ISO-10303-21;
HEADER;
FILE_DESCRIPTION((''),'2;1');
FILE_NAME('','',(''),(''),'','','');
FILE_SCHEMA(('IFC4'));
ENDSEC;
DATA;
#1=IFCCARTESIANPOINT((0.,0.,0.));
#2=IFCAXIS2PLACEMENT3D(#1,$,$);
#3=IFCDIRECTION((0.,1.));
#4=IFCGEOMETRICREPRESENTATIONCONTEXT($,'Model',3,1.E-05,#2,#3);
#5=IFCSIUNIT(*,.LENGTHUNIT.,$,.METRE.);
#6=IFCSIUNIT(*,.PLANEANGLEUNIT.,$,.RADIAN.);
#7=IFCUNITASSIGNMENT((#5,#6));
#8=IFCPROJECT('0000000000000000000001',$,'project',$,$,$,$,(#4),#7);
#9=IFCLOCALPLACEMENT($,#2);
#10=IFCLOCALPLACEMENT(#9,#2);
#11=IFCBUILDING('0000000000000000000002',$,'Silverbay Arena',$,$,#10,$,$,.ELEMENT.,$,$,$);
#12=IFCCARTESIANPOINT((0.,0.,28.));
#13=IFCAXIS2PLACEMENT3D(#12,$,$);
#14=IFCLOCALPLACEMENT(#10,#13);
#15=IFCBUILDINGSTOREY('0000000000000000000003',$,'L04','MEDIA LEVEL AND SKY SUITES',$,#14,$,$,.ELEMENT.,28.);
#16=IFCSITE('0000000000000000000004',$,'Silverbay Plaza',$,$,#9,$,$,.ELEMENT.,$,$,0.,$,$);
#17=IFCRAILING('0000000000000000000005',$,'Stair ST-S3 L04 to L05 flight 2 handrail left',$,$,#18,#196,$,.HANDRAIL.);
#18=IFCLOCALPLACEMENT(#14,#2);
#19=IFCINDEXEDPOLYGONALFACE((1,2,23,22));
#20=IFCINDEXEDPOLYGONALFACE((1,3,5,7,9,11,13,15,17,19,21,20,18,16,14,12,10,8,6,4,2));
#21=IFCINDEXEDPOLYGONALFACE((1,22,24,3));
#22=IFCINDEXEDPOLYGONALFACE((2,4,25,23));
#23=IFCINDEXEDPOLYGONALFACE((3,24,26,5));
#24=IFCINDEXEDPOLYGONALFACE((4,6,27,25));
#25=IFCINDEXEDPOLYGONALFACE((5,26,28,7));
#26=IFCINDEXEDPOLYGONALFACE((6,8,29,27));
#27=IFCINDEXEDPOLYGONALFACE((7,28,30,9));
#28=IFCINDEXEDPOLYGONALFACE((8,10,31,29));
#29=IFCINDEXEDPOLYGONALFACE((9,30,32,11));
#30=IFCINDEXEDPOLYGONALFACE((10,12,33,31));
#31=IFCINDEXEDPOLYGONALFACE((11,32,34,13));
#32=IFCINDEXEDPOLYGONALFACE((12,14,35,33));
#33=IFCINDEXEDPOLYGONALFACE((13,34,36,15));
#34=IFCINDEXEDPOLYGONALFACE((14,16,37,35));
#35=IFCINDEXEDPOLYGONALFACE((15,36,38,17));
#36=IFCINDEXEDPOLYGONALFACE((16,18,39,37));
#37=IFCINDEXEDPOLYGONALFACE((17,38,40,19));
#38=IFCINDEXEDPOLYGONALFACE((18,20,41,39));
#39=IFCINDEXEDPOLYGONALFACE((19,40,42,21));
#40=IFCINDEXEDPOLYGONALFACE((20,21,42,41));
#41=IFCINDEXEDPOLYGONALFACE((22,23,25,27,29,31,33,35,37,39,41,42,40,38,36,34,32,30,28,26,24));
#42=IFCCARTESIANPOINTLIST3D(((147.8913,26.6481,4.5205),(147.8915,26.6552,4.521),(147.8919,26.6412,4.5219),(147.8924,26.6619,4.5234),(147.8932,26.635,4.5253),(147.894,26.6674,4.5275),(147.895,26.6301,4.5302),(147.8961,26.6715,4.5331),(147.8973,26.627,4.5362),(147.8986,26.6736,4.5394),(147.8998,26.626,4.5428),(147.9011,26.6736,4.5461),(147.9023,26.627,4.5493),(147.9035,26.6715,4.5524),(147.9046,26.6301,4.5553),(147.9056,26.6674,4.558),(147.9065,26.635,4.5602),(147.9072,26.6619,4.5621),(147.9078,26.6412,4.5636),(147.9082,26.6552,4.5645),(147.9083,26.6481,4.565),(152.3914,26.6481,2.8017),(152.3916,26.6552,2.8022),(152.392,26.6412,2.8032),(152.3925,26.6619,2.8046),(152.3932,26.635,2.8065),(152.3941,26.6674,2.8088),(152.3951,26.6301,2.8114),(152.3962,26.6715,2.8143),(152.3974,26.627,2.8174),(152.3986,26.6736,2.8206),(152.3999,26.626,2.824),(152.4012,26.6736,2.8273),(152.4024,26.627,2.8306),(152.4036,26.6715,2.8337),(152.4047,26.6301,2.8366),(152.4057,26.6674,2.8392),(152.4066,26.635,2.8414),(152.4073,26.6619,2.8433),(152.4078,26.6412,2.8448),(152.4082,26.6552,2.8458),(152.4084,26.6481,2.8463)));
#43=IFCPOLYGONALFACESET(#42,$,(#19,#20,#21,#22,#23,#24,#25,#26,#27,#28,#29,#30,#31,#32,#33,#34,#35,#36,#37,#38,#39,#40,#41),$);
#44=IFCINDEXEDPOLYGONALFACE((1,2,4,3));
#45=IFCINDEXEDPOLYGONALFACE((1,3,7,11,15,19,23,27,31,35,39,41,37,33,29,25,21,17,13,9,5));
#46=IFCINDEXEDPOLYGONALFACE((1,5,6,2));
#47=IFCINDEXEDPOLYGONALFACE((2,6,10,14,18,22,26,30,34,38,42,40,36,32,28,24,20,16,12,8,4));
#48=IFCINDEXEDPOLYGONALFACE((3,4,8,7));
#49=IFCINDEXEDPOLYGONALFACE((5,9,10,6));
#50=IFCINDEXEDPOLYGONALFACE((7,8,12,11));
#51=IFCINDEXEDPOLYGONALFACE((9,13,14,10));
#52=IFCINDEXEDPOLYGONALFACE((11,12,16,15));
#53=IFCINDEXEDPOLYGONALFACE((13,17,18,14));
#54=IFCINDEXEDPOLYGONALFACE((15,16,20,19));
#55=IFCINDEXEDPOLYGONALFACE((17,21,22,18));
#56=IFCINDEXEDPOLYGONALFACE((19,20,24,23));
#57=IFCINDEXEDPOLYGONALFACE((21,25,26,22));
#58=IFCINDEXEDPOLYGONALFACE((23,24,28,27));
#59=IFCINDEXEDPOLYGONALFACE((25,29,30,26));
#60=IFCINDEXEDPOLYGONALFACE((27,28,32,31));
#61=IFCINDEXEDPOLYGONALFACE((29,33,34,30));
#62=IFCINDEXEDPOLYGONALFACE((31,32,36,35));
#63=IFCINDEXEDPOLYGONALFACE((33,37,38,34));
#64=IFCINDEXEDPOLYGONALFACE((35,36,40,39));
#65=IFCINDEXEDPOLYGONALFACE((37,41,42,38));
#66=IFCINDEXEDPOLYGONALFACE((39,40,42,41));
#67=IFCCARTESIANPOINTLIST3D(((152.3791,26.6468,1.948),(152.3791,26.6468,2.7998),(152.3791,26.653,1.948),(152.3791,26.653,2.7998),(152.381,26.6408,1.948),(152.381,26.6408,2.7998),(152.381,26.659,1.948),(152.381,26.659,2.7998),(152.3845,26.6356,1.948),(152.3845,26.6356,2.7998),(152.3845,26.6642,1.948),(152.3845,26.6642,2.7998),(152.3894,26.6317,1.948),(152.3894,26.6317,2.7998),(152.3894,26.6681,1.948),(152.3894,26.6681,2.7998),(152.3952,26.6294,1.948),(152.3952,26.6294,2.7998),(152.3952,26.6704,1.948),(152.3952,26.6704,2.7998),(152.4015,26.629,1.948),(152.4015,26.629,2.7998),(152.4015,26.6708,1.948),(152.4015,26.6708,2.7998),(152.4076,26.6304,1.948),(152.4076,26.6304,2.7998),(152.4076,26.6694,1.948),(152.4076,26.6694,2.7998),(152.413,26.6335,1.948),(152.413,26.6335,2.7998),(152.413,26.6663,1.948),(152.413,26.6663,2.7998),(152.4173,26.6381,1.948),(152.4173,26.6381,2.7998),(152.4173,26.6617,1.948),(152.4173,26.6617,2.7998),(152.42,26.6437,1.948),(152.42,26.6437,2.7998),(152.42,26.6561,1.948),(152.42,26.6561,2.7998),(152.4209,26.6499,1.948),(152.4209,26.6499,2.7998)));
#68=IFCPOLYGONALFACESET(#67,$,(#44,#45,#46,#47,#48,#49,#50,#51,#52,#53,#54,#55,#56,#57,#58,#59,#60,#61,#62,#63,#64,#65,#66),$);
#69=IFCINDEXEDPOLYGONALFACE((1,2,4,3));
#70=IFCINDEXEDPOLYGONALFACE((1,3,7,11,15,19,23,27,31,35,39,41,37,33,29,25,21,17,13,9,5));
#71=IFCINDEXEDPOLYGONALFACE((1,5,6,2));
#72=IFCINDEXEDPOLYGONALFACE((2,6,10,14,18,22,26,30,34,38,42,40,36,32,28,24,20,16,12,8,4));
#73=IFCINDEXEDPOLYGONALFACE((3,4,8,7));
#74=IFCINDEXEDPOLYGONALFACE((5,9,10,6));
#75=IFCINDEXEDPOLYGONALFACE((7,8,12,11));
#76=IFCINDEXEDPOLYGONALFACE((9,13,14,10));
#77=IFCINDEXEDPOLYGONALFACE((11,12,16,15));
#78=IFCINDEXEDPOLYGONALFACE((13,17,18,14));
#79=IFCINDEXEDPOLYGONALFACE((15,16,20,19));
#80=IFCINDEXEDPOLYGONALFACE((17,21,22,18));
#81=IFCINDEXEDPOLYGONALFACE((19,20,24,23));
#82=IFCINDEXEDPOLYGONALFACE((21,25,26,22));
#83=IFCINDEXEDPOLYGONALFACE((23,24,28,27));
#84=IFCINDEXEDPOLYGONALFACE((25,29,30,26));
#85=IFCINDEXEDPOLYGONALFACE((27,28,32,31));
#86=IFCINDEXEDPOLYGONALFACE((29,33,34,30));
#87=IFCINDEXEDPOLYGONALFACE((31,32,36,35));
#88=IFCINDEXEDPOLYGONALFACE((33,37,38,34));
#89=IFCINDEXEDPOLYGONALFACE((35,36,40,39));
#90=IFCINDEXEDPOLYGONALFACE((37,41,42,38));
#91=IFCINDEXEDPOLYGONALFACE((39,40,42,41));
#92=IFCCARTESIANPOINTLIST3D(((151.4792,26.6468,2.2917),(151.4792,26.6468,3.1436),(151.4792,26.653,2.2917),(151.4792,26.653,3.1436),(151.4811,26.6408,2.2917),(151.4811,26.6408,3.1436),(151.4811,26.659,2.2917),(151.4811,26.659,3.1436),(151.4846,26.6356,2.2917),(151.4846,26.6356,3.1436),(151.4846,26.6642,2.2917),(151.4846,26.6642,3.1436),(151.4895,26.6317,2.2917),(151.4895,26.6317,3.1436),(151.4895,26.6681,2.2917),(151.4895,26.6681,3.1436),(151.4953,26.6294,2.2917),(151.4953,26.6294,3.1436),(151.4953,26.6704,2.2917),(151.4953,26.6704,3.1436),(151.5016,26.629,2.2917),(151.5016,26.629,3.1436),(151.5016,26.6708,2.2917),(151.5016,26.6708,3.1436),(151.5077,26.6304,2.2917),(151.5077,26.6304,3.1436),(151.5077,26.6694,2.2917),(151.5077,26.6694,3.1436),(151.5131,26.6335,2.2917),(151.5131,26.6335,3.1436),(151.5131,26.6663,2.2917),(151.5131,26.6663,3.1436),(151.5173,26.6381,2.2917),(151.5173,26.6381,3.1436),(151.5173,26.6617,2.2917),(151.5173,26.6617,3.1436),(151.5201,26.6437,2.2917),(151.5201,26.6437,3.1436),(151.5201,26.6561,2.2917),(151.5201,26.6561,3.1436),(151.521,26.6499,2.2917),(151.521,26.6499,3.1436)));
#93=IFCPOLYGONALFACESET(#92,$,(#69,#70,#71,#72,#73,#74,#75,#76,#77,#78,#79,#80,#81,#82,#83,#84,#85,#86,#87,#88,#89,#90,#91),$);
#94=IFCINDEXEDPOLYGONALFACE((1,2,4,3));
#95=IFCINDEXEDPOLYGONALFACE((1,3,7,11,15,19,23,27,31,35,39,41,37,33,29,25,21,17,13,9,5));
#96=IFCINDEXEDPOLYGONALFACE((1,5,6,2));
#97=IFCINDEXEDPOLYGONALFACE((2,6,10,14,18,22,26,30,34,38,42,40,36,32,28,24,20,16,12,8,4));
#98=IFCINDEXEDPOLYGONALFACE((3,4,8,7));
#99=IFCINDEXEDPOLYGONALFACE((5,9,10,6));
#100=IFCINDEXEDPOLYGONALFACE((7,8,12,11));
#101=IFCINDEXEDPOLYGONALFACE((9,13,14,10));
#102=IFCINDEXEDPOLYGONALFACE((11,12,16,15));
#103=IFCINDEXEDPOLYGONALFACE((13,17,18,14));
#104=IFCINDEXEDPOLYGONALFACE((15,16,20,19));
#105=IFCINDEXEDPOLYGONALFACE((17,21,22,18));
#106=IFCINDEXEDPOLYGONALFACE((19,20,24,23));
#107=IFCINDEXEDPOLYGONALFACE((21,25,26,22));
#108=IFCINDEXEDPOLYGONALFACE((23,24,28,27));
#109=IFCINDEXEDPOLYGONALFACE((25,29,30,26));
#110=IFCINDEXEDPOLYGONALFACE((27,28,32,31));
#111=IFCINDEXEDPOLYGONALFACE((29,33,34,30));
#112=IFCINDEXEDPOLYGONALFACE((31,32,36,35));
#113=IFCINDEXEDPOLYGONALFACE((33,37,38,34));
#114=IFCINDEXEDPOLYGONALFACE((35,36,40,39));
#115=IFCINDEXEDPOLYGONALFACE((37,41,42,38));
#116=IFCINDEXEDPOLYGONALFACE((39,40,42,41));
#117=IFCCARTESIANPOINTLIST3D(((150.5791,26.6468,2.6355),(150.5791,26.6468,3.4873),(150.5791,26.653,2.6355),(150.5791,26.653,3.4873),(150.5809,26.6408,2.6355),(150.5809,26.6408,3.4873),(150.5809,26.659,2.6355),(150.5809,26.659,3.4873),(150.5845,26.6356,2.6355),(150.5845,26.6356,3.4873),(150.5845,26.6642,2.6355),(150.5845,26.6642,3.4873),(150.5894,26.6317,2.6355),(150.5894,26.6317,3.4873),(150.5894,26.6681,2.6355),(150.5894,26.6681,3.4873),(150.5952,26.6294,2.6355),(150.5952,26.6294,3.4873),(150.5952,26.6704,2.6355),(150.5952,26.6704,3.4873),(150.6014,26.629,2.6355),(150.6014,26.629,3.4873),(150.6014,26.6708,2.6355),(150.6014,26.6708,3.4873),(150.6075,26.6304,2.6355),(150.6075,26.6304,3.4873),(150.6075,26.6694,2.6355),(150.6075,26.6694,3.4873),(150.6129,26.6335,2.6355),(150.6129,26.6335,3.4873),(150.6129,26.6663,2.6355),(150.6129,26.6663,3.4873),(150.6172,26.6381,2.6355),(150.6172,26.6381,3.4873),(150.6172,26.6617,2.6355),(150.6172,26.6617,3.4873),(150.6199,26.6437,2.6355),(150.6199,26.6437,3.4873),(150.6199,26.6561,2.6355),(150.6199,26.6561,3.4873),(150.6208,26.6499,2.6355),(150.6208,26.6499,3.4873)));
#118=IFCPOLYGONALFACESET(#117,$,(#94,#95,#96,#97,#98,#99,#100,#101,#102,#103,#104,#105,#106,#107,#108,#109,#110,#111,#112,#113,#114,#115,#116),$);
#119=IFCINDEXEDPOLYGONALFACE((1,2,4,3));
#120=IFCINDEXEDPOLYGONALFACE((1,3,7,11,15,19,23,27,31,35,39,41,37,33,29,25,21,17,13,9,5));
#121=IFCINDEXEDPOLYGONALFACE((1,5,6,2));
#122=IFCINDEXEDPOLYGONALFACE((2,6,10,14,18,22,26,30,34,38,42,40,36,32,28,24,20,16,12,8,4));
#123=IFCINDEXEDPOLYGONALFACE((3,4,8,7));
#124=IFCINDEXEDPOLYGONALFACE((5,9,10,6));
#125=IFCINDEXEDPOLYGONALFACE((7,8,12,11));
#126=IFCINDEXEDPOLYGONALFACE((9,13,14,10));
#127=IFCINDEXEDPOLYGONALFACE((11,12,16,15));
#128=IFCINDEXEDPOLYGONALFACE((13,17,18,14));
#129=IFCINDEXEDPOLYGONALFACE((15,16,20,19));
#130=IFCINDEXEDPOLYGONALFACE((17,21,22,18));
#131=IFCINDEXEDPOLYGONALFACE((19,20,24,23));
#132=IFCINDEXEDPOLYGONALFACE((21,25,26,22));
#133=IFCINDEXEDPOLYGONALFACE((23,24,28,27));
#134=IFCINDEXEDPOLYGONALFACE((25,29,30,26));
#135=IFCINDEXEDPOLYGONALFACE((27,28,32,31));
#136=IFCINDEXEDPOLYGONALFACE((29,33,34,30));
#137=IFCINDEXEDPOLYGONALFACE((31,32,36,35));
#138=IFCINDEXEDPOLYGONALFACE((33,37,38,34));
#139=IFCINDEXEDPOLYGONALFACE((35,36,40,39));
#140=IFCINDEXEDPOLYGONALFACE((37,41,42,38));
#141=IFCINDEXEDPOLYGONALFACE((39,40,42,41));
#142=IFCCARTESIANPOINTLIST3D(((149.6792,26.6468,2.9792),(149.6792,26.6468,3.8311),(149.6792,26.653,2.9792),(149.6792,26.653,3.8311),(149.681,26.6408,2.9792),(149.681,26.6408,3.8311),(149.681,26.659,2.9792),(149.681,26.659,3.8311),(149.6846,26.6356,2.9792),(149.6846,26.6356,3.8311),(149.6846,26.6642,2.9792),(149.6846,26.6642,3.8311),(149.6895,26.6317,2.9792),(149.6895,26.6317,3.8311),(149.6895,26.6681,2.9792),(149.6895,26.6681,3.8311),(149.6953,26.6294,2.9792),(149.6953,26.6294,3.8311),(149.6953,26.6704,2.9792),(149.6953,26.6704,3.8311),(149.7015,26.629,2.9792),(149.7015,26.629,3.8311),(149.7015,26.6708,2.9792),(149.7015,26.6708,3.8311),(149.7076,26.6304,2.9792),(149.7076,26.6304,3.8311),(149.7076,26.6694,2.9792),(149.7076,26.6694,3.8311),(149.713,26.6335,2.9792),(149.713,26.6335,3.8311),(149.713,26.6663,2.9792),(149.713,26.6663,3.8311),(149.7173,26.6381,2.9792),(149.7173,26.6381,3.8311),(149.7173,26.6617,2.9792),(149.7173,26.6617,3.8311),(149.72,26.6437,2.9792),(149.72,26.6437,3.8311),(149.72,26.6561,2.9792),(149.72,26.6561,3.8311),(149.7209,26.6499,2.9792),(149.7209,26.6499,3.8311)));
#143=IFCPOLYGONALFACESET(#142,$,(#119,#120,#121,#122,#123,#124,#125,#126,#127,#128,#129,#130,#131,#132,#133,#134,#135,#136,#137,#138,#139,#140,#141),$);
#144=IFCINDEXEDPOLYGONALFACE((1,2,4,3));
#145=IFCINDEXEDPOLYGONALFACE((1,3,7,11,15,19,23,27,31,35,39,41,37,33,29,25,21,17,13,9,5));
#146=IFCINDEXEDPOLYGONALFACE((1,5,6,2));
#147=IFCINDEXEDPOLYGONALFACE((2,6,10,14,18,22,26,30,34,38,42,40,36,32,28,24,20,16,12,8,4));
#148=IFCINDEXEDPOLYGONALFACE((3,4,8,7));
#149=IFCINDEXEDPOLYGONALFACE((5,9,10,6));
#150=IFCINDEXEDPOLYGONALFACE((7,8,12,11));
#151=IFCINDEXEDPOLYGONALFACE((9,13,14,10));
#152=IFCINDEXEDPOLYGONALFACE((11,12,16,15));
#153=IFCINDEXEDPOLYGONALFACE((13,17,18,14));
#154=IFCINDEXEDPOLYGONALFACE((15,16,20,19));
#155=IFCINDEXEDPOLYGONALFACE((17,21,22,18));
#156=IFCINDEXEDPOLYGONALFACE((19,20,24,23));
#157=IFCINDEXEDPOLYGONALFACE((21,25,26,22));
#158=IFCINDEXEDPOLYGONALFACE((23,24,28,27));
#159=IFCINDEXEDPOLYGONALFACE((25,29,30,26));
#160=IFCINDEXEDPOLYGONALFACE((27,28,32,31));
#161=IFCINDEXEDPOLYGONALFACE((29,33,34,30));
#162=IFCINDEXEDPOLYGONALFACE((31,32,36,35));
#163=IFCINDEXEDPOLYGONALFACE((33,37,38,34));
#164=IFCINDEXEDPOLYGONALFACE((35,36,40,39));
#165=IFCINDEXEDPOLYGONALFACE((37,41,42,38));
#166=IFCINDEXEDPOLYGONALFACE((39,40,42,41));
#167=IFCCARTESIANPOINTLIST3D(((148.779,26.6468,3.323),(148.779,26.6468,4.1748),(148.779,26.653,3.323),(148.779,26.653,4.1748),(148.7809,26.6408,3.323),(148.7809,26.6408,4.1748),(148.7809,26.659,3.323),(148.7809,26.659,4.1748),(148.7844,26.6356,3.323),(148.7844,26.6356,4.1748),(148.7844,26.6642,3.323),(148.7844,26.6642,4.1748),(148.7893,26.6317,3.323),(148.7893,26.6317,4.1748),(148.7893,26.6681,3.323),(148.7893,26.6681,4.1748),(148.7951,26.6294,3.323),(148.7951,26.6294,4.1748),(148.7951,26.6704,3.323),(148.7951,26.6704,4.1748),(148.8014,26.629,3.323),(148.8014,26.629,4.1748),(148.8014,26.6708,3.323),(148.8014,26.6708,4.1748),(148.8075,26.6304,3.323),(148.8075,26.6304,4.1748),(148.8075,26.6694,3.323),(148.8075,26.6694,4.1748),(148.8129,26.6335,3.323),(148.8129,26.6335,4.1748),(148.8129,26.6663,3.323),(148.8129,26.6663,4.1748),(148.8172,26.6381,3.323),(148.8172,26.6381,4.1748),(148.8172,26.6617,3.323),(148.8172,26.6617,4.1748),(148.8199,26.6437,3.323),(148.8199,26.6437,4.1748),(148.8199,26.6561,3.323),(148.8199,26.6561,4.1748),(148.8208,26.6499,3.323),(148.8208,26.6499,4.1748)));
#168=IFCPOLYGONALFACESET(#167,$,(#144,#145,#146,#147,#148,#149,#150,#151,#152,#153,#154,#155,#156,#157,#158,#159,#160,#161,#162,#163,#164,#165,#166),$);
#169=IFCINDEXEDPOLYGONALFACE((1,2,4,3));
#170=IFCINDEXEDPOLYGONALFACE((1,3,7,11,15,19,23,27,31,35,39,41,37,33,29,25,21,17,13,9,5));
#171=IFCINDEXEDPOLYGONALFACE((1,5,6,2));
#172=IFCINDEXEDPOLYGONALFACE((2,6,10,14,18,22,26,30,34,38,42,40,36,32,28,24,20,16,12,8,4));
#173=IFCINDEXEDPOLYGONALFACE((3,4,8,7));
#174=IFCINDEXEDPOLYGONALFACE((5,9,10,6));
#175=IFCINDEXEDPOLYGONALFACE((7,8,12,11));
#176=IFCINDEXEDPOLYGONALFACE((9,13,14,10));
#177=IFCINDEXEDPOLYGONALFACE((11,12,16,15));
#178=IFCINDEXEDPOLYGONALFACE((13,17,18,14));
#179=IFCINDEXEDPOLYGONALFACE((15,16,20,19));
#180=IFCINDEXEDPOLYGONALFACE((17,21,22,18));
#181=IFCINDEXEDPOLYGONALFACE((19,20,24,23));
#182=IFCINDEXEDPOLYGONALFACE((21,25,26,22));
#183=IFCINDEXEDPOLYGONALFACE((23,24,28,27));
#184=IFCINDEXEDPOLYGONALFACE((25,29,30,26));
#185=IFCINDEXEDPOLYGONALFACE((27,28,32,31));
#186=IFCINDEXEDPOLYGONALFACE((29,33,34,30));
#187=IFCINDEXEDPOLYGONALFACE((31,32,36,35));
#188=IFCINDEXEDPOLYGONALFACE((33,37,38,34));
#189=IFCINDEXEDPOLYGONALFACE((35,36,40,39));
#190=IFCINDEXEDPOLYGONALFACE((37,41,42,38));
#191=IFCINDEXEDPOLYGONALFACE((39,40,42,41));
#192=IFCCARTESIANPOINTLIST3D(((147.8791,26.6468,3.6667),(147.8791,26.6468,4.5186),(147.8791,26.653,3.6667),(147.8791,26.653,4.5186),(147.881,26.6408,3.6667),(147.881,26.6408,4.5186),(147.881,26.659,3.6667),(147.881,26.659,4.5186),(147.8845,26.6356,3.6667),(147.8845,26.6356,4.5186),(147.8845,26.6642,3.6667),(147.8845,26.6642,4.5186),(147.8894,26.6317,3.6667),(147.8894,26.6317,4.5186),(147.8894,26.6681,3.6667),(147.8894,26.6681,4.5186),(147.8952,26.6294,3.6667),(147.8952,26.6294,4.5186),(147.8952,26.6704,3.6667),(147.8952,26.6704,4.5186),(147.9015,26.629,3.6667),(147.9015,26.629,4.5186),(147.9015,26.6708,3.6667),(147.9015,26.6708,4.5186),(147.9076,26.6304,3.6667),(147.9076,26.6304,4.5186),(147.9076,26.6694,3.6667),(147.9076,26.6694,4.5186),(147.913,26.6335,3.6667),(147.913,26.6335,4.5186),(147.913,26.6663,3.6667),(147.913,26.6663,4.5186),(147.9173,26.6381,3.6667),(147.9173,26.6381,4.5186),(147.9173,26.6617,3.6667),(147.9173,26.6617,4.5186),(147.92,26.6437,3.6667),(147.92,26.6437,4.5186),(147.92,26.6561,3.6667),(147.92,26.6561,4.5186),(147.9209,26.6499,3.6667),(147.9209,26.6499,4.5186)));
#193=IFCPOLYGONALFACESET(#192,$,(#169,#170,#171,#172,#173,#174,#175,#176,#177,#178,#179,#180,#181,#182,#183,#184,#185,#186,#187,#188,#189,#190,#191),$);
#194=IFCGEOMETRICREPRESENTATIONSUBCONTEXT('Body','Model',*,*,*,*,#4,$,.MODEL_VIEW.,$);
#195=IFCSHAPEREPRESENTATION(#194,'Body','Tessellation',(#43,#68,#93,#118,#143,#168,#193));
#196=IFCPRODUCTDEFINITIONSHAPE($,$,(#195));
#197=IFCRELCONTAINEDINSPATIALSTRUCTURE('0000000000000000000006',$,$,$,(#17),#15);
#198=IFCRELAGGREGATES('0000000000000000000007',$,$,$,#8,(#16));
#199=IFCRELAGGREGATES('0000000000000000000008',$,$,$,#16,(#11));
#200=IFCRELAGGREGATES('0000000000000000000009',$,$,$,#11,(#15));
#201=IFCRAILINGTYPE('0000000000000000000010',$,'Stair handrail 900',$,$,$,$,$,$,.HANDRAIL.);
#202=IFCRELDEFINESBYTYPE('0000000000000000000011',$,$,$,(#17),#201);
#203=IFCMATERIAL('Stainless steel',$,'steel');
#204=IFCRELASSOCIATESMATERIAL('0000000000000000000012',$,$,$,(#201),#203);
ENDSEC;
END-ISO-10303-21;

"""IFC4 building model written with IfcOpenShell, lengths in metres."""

from ifc_helpers import new_model, si_unit, direction, frame, origin, origin_2d, place, context, subcontext, project, spatial, circle, extrude, material, type_object, element, save


model = new_model("IFC4")

# Units and contexts
model_context = context("Model", 3, precision=1e-05, world=origin(), true_north=direction((0.0, 1.0)))
body_context = subcontext(model_context, "Body", "Model", "MODEL_VIEW")
ifc_project = project(units=[si_unit("LENGTHUNIT", "METRE"), si_unit("PLANEANGLEUNIT", "RADIAN")], contexts=[model_context])

# Site, building, storey
site_placement = place(None, origin())
site = spatial("IfcSite", under=ifc_project, at=site_placement, Name="Silverbay Plaza", CompositionType="ELEMENT", RefElevation=0.0)
building_placement = place(site_placement, origin())
building = spatial("IfcBuilding", under=site, at=building_placement, Name="Silverbay Arena", CompositionType="ELEMENT")
storey_placement = place(building_placement, frame((0.0, 0.0, 28.0)))
storey = spatial("IfcBuildingStorey", under=building, at=storey_placement, Name="L04", Description="MEDIA LEVEL AND SKY SUITES", CompositionType="ELEMENT", Elevation=28.0)

# Railing
ifc_material_1 = material(Name="Stainless steel", Category="steel")
railing_type_1 = type_object("IfcRailingType", Name="Stair handrail 900", PredefinedType="HANDRAIL", material=ifc_material_1)
for number, where, name in (
    (1, (152.3999, 26.6499, 1.948), "Stair ST-S3 L04 to L05 flight 2 handrail left"),
):
    element("IfcRailing", number, at=place(storey_placement, frame(where)), inside=storey, type_object=railing_type_1, Name=name, PredefinedType="HANDRAIL", context=body_context, shape_type="SweptSolid", body=[
        extrude(circle(Radius=0.0239, at=origin_2d()), frame((0.0, 0.0, 0.876), z_axis=(-0.934179, 0.0, 0.356805), x_axis=(0.0, -1.0, 0.0)), (0.0, 0.0, 1.0), 4.8171),
        extrude(circle(Radius=0.021, at=origin_2d()), origin(), (0.0, 0.0, 1.0), 0.8518),
        extrude(circle(Radius=0.021, at=origin_2d()), frame((-0.8999, 0.0, 0.3438)), (0.0, 0.0, 1.0), 0.8518),
        extrude(circle(Radius=0.021, at=origin_2d()), frame((-1.8, 0.0, 0.6875)), (0.0, 0.0, 1.0), 0.8518),
        extrude(circle(Radius=0.021, at=origin_2d()), frame((-2.7, 0.0, 1.0312)), (0.0, 0.0, 1.0), 0.8518),
        extrude(circle(Radius=0.021, at=origin_2d()), frame((-3.6001, 0.0, 1.375)), (0.0, 0.0, 1.0), 0.8518),
        extrude(circle(Radius=0.021, at=origin_2d()), frame((-4.5, 0.0, 1.7188)), (0.0, 0.0, 1.0), 0.8518),
    ])

save(model, "model.ifc")
